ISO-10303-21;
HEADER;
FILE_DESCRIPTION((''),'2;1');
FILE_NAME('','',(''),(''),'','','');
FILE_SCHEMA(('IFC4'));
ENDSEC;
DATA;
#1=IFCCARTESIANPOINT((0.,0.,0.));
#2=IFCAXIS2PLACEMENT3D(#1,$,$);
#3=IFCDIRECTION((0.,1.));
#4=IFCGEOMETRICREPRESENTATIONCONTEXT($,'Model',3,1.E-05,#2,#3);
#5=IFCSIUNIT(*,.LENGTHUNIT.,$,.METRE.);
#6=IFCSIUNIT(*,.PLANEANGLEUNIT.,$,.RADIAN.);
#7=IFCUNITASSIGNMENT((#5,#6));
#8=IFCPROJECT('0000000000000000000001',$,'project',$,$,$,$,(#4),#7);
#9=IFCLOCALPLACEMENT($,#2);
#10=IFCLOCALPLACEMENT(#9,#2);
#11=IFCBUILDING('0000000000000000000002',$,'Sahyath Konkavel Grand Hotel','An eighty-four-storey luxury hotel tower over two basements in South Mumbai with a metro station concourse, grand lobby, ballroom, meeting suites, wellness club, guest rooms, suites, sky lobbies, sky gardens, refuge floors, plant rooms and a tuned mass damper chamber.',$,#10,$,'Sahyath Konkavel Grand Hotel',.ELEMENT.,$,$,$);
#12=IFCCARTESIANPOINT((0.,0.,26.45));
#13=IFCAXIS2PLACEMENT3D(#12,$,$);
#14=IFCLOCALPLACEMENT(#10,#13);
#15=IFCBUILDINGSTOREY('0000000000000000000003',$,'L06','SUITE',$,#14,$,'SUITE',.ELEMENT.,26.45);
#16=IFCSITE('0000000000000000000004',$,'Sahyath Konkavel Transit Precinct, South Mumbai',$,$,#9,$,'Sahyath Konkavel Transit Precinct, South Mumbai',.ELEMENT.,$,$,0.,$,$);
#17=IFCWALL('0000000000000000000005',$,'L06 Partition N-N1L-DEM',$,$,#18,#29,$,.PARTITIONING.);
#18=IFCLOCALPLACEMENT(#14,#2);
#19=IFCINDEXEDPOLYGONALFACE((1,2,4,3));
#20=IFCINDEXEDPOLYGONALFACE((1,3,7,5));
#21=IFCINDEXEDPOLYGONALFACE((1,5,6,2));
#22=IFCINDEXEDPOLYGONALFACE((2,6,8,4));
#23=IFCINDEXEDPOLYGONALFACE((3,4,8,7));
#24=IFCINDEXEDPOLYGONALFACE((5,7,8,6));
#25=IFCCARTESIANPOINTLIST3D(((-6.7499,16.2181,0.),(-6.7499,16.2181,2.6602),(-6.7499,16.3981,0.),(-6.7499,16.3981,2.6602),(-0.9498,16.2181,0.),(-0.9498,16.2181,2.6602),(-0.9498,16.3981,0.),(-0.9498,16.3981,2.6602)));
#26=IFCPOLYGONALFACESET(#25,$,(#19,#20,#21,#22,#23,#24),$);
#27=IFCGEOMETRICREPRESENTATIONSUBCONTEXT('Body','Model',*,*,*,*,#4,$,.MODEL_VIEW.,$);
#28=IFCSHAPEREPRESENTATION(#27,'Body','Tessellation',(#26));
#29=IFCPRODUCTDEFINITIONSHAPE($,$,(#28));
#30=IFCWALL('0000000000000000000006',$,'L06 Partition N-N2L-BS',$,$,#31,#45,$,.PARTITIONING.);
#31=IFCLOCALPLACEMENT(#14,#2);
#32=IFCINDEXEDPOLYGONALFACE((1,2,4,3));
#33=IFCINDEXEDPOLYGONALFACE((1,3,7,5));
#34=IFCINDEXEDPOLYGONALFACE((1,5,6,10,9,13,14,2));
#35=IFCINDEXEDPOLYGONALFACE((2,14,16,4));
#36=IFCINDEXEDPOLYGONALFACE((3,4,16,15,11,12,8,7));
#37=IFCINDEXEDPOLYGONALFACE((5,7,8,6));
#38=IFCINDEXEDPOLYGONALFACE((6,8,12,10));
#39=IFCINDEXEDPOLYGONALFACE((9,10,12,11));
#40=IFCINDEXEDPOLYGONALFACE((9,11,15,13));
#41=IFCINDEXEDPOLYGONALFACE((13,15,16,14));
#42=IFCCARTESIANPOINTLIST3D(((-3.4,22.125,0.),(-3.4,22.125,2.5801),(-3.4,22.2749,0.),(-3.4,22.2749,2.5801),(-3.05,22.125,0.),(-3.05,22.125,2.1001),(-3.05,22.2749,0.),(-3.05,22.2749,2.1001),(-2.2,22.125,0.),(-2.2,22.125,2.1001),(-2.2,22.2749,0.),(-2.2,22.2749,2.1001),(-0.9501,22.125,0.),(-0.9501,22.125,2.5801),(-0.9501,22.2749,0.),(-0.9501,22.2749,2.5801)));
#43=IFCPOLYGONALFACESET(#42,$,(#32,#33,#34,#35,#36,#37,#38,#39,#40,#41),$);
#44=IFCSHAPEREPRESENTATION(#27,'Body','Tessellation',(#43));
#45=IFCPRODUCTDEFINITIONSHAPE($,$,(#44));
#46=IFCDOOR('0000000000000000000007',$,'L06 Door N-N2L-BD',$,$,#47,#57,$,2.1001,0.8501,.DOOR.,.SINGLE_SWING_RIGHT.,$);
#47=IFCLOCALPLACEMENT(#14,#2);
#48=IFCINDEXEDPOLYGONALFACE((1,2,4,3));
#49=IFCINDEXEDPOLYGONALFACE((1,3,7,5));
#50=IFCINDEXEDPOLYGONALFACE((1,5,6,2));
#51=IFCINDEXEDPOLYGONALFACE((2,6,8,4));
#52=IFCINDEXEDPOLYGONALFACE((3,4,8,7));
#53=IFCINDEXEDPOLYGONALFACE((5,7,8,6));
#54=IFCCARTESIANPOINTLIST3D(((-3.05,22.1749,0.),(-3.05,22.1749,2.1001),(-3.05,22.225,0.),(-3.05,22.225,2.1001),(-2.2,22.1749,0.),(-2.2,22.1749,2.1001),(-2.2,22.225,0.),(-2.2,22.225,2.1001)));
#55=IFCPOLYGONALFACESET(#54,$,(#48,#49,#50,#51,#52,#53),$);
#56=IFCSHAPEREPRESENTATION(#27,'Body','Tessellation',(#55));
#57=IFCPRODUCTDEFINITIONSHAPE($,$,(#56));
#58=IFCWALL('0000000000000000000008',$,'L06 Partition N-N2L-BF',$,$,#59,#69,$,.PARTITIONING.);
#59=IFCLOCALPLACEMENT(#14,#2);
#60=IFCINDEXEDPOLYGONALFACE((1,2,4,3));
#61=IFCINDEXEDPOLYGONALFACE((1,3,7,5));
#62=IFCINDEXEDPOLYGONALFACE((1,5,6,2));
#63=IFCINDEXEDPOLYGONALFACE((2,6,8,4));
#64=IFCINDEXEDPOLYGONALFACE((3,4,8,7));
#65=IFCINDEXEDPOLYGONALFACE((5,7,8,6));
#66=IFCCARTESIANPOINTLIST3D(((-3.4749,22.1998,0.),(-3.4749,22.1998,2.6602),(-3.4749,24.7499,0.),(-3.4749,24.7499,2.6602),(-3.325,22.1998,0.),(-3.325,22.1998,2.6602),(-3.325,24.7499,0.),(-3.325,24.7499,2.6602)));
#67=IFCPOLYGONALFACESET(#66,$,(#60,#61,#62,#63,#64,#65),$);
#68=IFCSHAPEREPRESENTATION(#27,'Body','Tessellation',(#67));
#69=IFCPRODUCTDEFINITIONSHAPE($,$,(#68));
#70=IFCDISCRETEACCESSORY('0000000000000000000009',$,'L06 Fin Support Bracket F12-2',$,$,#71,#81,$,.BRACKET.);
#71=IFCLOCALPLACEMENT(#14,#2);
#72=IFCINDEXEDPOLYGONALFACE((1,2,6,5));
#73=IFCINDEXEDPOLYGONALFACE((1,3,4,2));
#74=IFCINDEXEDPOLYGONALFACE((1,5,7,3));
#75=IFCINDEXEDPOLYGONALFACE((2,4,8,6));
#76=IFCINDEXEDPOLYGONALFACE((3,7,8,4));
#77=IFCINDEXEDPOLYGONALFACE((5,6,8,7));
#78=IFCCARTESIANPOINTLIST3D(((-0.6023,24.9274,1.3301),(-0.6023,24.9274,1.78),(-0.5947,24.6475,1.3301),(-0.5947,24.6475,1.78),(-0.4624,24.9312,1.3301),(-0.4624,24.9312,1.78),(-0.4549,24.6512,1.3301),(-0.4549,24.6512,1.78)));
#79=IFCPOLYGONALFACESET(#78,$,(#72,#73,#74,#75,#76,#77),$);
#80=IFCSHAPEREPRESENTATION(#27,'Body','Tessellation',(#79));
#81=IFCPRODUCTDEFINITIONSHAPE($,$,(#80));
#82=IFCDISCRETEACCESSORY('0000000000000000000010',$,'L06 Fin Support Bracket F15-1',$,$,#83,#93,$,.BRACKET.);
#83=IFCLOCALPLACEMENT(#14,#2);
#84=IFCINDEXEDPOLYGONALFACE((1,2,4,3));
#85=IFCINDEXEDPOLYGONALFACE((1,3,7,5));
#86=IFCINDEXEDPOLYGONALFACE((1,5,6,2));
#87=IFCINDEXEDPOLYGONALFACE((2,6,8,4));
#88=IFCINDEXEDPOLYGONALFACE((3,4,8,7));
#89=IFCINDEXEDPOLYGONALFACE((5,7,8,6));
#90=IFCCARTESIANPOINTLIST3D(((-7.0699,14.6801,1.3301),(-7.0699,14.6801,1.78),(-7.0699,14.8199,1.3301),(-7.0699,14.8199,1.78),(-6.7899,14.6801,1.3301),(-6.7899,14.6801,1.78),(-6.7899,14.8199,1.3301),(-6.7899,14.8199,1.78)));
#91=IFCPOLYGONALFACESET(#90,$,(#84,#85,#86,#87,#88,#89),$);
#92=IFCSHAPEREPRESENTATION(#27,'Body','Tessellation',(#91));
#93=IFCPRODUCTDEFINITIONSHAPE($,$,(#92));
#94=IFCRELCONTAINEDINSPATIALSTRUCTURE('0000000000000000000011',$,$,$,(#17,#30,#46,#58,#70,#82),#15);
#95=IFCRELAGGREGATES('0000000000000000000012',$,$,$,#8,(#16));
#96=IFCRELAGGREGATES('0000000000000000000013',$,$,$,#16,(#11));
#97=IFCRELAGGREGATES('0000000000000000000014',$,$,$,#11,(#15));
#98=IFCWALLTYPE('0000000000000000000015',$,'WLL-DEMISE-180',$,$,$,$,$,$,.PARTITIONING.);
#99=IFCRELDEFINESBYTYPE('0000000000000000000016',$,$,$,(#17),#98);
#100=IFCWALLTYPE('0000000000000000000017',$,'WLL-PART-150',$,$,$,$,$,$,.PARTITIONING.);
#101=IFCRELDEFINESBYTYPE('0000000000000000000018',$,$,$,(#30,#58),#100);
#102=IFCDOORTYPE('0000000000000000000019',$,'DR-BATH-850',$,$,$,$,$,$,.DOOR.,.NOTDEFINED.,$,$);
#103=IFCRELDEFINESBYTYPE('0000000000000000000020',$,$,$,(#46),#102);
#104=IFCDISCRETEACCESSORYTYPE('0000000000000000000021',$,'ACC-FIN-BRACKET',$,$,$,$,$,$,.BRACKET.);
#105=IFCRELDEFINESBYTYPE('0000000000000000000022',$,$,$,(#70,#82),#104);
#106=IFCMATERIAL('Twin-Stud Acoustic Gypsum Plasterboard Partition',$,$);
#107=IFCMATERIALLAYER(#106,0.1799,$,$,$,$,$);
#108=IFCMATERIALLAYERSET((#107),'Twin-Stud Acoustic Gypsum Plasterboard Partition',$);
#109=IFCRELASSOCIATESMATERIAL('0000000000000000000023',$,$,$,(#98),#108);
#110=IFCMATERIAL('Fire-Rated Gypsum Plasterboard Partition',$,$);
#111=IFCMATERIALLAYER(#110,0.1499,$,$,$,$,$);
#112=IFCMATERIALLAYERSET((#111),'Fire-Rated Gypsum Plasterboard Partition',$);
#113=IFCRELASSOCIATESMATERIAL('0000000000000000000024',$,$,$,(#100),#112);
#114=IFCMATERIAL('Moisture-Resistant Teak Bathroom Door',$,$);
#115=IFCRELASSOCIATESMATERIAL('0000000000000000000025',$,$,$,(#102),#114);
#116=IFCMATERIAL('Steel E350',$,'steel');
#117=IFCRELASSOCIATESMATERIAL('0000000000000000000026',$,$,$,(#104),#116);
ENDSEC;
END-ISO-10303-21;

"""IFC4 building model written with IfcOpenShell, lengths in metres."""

from ifc_helpers import new_model, si_unit, direction, frame, frame_2d, origin, origin_2d, place, context, subcontext, project, spatial, rectangle, extrude, source, transform, mapped, material, layer, layer_set, type_object, element, fill, save


model = new_model("IFC4")

# Units and contexts
model_context = context("Model", 3, precision=1e-05, world=origin(), true_north=direction((0.0, 1.0)))
body_context = subcontext(model_context, "Body", "Model", "MODEL_VIEW")
ifc_project = project(units=[si_unit("LENGTHUNIT", "METRE"), si_unit("PLANEANGLEUNIT", "RADIAN")], contexts=[model_context])

# Site, building, storey
site_placement = place(None, origin())
site = spatial("IfcSite", under=ifc_project, at=site_placement, Name="Sahyath Konkavel Transit Precinct, South Mumbai", LongName="Sahyath Konkavel Transit Precinct, South Mumbai", CompositionType="ELEMENT", RefElevation=0.0)
building_placement = place(site_placement, origin())
building = spatial("IfcBuilding", under=site, at=building_placement, Name="Sahyath Konkavel Grand Hotel", Description="An eighty-four-storey luxury hotel tower over two basements in South Mumbai with a metro station concourse, grand lobby, ballroom, meeting suites, wellness club, guest rooms, suites, sky lobbies, sky gardens, refuge floors, plant rooms and a tuned mass damper chamber.", LongName="Sahyath Konkavel Grand Hotel", CompositionType="ELEMENT")
storey_placement = place(building_placement, frame((0.0, 0.0, 26.45)))
storey = spatial("IfcBuildingStorey", under=building, at=storey_placement, Name="L06", Description="SUITE", LongName="SUITE", CompositionType="ELEMENT", Elevation=26.45)

# Shared definitions
ifc_material_1 = material(Name="Steel E350", Category="steel")

# Wall
ifc_material_2 = material(Name="Twin-Stud Acoustic Gypsum Plasterboard Partition")
ifc_layer_1 = layer(ifc_material_2, 0.1799)
ifc_layer_set_1 = layer_set([ifc_layer_1], Name="Twin-Stud Acoustic Gypsum Plasterboard Partition")
wall_type_1 = type_object("IfcWallType", Name="WLL-DEMISE-180", PredefinedType="PARTITIONING", material=ifc_layer_set_1)
wall_1_placement = place(storey_placement, frame((-0.95, 16.3081, 0.0), z_axis=(0.0, 0.0, 1.0), x_axis=(-1.0, 0.0, 0.0)))
element("IfcWall", 1, at=wall_1_placement, inside=storey, type_object=wall_type_1, Name="L06 Partition N-N1L-DEM", PredefinedType="PARTITIONING", context=body_context, shape_type="SweptSolid", body=[
    extrude(rectangle(XDim=5.8, YDim=0.1799, at=frame_2d((2.8999, 0.0))), origin(), (0.0, 0.0, 1.0), 2.6602),
])

# Wall, opening, door
ifc_material_3 = material(Name="Fire-Rated Gypsum Plasterboard Partition")
ifc_layer_2 = layer(ifc_material_3, 0.1499)
ifc_layer_set_2 = layer_set([ifc_layer_2], Name="Fire-Rated Gypsum Plasterboard Partition")
wall_type_2 = type_object("IfcWallType", Name="WLL-PART-150", PredefinedType="PARTITIONING", material=ifc_layer_set_2)
wall_2_placement = place(storey_placement, frame((-0.95, 22.2, 0.0), z_axis=(0.0, 0.0, 1.0), x_axis=(-1.0, 0.0, 0.0)))
wall_2 = element("IfcWall", 2, at=wall_2_placement, inside=storey, type_object=wall_type_2, Name="L06 Partition N-N2L-BS", PredefinedType="PARTITIONING", context=body_context, shape_type="SweptSolid", body=[
    extrude(rectangle(XDim=2.45, YDim=0.1499, at=frame_2d((1.2251, 0.0))), origin(), (0.0, 0.0, 1.0), 2.5801),
])
opening_placement = place(wall_2_placement, frame((1.25, 0.0, 0.0)))
opening = element("IfcOpeningElement", 3, at=opening_placement, cuts=wall_2, PredefinedType="OPENING", context=body_context, shape_type="SweptSolid", body=[
    extrude(rectangle(XDim=0.8501, YDim=2.1001, at=frame_2d((0.425, 1.05))), frame((0.0, 0.085, 0.0), z_axis=(0.0, -1.0, 0.0), x_axis=(1.0, 0.0, 0.0)), (0.0, 0.0, 1.0), 0.1699),
])
ifc_material_4 = material(Name="Moisture-Resistant Teak Bathroom Door")
door_type = type_object("IfcDoorType", Name="DR-BATH-850", OperationType="NOTDEFINED", PredefinedType="DOOR", material=ifc_material_4)
shared_shape_1 = source(origin(), body_context, "Body", "SweptSolid", [
    extrude(rectangle(XDim=0.8501, YDim=0.05, at=origin_2d()), origin(), (0.0, 0.0, 1.0), 2.1001),
])
door_placement = place(opening_placement, frame((0.425, 0.0, 0.0)))
door = element("IfcDoor", 4, at=door_placement, inside=storey, type_object=door_type, Name="L06 Door N-N2L-BD", OperationType="SINGLE_SWING_RIGHT", OverallHeight=2.1001, OverallWidth=0.8501, PredefinedType="DOOR", context=body_context, shape_type="MappedRepresentation", body=[
    mapped(shared_shape_1, transform((0.0, 0.0, 0.0), scale=1.0)),
])
fill(opening, door)

# Wall
wall_3_placement = place(storey_placement, frame((-3.3999, 22.2, 0.0), z_axis=(0.0, 0.0, 1.0), x_axis=(0.0, 1.0, 0.0)))
element("IfcWall", 5, at=wall_3_placement, inside=storey, type_object=wall_type_2, Name="L06 Partition N-N2L-BF", PredefinedType="PARTITIONING", context=body_context, shape_type="SweptSolid", body=[
    extrude(rectangle(XDim=2.55, YDim=0.1499, at=frame_2d((1.2749, 0.0))), origin(), (0.0, 0.0, 1.0), 2.6602),
])

# Discrete accessories
discrete_accessory_type = type_object("IfcDiscreteAccessoryType", Name="ACC-FIN-BRACKET", PredefinedType="BRACKET", material=ifc_material_1)
shared_shape_2 = source(origin(), body_context, "Body", "SweptSolid", [
    extrude(rectangle(XDim=0.28, YDim=0.1399, at=origin_2d()), origin(), (0.0, 0.0, 1.0), 0.45),
])
for number, where, z_axis, x_axis, name in (
    (6, (-0.5286, 24.7893, 1.3301), (0.0, 0.0, 1.0), (-0.02691, 0.999638, 0.0), "L06 Fin Support Bracket F12-2"),
    (7, (-6.9299, 14.75, 1.3301), (0.0, 0.0, 1.0), (-1.0, 0.0, 0.0), "L06 Fin Support Bracket F15-1"),
):
    element("IfcDiscreteAccessory", number, at=place(storey_placement, frame(where, z_axis=z_axis, x_axis=x_axis)), inside=storey, type_object=discrete_accessory_type, Name=name, PredefinedType="BRACKET", context=body_context, shape_type="MappedRepresentation", body=[
        mapped(shared_shape_2, transform((0.0, 0.0, 0.0), scale=1.0)),
    ])

save(model, "model.ifc")
